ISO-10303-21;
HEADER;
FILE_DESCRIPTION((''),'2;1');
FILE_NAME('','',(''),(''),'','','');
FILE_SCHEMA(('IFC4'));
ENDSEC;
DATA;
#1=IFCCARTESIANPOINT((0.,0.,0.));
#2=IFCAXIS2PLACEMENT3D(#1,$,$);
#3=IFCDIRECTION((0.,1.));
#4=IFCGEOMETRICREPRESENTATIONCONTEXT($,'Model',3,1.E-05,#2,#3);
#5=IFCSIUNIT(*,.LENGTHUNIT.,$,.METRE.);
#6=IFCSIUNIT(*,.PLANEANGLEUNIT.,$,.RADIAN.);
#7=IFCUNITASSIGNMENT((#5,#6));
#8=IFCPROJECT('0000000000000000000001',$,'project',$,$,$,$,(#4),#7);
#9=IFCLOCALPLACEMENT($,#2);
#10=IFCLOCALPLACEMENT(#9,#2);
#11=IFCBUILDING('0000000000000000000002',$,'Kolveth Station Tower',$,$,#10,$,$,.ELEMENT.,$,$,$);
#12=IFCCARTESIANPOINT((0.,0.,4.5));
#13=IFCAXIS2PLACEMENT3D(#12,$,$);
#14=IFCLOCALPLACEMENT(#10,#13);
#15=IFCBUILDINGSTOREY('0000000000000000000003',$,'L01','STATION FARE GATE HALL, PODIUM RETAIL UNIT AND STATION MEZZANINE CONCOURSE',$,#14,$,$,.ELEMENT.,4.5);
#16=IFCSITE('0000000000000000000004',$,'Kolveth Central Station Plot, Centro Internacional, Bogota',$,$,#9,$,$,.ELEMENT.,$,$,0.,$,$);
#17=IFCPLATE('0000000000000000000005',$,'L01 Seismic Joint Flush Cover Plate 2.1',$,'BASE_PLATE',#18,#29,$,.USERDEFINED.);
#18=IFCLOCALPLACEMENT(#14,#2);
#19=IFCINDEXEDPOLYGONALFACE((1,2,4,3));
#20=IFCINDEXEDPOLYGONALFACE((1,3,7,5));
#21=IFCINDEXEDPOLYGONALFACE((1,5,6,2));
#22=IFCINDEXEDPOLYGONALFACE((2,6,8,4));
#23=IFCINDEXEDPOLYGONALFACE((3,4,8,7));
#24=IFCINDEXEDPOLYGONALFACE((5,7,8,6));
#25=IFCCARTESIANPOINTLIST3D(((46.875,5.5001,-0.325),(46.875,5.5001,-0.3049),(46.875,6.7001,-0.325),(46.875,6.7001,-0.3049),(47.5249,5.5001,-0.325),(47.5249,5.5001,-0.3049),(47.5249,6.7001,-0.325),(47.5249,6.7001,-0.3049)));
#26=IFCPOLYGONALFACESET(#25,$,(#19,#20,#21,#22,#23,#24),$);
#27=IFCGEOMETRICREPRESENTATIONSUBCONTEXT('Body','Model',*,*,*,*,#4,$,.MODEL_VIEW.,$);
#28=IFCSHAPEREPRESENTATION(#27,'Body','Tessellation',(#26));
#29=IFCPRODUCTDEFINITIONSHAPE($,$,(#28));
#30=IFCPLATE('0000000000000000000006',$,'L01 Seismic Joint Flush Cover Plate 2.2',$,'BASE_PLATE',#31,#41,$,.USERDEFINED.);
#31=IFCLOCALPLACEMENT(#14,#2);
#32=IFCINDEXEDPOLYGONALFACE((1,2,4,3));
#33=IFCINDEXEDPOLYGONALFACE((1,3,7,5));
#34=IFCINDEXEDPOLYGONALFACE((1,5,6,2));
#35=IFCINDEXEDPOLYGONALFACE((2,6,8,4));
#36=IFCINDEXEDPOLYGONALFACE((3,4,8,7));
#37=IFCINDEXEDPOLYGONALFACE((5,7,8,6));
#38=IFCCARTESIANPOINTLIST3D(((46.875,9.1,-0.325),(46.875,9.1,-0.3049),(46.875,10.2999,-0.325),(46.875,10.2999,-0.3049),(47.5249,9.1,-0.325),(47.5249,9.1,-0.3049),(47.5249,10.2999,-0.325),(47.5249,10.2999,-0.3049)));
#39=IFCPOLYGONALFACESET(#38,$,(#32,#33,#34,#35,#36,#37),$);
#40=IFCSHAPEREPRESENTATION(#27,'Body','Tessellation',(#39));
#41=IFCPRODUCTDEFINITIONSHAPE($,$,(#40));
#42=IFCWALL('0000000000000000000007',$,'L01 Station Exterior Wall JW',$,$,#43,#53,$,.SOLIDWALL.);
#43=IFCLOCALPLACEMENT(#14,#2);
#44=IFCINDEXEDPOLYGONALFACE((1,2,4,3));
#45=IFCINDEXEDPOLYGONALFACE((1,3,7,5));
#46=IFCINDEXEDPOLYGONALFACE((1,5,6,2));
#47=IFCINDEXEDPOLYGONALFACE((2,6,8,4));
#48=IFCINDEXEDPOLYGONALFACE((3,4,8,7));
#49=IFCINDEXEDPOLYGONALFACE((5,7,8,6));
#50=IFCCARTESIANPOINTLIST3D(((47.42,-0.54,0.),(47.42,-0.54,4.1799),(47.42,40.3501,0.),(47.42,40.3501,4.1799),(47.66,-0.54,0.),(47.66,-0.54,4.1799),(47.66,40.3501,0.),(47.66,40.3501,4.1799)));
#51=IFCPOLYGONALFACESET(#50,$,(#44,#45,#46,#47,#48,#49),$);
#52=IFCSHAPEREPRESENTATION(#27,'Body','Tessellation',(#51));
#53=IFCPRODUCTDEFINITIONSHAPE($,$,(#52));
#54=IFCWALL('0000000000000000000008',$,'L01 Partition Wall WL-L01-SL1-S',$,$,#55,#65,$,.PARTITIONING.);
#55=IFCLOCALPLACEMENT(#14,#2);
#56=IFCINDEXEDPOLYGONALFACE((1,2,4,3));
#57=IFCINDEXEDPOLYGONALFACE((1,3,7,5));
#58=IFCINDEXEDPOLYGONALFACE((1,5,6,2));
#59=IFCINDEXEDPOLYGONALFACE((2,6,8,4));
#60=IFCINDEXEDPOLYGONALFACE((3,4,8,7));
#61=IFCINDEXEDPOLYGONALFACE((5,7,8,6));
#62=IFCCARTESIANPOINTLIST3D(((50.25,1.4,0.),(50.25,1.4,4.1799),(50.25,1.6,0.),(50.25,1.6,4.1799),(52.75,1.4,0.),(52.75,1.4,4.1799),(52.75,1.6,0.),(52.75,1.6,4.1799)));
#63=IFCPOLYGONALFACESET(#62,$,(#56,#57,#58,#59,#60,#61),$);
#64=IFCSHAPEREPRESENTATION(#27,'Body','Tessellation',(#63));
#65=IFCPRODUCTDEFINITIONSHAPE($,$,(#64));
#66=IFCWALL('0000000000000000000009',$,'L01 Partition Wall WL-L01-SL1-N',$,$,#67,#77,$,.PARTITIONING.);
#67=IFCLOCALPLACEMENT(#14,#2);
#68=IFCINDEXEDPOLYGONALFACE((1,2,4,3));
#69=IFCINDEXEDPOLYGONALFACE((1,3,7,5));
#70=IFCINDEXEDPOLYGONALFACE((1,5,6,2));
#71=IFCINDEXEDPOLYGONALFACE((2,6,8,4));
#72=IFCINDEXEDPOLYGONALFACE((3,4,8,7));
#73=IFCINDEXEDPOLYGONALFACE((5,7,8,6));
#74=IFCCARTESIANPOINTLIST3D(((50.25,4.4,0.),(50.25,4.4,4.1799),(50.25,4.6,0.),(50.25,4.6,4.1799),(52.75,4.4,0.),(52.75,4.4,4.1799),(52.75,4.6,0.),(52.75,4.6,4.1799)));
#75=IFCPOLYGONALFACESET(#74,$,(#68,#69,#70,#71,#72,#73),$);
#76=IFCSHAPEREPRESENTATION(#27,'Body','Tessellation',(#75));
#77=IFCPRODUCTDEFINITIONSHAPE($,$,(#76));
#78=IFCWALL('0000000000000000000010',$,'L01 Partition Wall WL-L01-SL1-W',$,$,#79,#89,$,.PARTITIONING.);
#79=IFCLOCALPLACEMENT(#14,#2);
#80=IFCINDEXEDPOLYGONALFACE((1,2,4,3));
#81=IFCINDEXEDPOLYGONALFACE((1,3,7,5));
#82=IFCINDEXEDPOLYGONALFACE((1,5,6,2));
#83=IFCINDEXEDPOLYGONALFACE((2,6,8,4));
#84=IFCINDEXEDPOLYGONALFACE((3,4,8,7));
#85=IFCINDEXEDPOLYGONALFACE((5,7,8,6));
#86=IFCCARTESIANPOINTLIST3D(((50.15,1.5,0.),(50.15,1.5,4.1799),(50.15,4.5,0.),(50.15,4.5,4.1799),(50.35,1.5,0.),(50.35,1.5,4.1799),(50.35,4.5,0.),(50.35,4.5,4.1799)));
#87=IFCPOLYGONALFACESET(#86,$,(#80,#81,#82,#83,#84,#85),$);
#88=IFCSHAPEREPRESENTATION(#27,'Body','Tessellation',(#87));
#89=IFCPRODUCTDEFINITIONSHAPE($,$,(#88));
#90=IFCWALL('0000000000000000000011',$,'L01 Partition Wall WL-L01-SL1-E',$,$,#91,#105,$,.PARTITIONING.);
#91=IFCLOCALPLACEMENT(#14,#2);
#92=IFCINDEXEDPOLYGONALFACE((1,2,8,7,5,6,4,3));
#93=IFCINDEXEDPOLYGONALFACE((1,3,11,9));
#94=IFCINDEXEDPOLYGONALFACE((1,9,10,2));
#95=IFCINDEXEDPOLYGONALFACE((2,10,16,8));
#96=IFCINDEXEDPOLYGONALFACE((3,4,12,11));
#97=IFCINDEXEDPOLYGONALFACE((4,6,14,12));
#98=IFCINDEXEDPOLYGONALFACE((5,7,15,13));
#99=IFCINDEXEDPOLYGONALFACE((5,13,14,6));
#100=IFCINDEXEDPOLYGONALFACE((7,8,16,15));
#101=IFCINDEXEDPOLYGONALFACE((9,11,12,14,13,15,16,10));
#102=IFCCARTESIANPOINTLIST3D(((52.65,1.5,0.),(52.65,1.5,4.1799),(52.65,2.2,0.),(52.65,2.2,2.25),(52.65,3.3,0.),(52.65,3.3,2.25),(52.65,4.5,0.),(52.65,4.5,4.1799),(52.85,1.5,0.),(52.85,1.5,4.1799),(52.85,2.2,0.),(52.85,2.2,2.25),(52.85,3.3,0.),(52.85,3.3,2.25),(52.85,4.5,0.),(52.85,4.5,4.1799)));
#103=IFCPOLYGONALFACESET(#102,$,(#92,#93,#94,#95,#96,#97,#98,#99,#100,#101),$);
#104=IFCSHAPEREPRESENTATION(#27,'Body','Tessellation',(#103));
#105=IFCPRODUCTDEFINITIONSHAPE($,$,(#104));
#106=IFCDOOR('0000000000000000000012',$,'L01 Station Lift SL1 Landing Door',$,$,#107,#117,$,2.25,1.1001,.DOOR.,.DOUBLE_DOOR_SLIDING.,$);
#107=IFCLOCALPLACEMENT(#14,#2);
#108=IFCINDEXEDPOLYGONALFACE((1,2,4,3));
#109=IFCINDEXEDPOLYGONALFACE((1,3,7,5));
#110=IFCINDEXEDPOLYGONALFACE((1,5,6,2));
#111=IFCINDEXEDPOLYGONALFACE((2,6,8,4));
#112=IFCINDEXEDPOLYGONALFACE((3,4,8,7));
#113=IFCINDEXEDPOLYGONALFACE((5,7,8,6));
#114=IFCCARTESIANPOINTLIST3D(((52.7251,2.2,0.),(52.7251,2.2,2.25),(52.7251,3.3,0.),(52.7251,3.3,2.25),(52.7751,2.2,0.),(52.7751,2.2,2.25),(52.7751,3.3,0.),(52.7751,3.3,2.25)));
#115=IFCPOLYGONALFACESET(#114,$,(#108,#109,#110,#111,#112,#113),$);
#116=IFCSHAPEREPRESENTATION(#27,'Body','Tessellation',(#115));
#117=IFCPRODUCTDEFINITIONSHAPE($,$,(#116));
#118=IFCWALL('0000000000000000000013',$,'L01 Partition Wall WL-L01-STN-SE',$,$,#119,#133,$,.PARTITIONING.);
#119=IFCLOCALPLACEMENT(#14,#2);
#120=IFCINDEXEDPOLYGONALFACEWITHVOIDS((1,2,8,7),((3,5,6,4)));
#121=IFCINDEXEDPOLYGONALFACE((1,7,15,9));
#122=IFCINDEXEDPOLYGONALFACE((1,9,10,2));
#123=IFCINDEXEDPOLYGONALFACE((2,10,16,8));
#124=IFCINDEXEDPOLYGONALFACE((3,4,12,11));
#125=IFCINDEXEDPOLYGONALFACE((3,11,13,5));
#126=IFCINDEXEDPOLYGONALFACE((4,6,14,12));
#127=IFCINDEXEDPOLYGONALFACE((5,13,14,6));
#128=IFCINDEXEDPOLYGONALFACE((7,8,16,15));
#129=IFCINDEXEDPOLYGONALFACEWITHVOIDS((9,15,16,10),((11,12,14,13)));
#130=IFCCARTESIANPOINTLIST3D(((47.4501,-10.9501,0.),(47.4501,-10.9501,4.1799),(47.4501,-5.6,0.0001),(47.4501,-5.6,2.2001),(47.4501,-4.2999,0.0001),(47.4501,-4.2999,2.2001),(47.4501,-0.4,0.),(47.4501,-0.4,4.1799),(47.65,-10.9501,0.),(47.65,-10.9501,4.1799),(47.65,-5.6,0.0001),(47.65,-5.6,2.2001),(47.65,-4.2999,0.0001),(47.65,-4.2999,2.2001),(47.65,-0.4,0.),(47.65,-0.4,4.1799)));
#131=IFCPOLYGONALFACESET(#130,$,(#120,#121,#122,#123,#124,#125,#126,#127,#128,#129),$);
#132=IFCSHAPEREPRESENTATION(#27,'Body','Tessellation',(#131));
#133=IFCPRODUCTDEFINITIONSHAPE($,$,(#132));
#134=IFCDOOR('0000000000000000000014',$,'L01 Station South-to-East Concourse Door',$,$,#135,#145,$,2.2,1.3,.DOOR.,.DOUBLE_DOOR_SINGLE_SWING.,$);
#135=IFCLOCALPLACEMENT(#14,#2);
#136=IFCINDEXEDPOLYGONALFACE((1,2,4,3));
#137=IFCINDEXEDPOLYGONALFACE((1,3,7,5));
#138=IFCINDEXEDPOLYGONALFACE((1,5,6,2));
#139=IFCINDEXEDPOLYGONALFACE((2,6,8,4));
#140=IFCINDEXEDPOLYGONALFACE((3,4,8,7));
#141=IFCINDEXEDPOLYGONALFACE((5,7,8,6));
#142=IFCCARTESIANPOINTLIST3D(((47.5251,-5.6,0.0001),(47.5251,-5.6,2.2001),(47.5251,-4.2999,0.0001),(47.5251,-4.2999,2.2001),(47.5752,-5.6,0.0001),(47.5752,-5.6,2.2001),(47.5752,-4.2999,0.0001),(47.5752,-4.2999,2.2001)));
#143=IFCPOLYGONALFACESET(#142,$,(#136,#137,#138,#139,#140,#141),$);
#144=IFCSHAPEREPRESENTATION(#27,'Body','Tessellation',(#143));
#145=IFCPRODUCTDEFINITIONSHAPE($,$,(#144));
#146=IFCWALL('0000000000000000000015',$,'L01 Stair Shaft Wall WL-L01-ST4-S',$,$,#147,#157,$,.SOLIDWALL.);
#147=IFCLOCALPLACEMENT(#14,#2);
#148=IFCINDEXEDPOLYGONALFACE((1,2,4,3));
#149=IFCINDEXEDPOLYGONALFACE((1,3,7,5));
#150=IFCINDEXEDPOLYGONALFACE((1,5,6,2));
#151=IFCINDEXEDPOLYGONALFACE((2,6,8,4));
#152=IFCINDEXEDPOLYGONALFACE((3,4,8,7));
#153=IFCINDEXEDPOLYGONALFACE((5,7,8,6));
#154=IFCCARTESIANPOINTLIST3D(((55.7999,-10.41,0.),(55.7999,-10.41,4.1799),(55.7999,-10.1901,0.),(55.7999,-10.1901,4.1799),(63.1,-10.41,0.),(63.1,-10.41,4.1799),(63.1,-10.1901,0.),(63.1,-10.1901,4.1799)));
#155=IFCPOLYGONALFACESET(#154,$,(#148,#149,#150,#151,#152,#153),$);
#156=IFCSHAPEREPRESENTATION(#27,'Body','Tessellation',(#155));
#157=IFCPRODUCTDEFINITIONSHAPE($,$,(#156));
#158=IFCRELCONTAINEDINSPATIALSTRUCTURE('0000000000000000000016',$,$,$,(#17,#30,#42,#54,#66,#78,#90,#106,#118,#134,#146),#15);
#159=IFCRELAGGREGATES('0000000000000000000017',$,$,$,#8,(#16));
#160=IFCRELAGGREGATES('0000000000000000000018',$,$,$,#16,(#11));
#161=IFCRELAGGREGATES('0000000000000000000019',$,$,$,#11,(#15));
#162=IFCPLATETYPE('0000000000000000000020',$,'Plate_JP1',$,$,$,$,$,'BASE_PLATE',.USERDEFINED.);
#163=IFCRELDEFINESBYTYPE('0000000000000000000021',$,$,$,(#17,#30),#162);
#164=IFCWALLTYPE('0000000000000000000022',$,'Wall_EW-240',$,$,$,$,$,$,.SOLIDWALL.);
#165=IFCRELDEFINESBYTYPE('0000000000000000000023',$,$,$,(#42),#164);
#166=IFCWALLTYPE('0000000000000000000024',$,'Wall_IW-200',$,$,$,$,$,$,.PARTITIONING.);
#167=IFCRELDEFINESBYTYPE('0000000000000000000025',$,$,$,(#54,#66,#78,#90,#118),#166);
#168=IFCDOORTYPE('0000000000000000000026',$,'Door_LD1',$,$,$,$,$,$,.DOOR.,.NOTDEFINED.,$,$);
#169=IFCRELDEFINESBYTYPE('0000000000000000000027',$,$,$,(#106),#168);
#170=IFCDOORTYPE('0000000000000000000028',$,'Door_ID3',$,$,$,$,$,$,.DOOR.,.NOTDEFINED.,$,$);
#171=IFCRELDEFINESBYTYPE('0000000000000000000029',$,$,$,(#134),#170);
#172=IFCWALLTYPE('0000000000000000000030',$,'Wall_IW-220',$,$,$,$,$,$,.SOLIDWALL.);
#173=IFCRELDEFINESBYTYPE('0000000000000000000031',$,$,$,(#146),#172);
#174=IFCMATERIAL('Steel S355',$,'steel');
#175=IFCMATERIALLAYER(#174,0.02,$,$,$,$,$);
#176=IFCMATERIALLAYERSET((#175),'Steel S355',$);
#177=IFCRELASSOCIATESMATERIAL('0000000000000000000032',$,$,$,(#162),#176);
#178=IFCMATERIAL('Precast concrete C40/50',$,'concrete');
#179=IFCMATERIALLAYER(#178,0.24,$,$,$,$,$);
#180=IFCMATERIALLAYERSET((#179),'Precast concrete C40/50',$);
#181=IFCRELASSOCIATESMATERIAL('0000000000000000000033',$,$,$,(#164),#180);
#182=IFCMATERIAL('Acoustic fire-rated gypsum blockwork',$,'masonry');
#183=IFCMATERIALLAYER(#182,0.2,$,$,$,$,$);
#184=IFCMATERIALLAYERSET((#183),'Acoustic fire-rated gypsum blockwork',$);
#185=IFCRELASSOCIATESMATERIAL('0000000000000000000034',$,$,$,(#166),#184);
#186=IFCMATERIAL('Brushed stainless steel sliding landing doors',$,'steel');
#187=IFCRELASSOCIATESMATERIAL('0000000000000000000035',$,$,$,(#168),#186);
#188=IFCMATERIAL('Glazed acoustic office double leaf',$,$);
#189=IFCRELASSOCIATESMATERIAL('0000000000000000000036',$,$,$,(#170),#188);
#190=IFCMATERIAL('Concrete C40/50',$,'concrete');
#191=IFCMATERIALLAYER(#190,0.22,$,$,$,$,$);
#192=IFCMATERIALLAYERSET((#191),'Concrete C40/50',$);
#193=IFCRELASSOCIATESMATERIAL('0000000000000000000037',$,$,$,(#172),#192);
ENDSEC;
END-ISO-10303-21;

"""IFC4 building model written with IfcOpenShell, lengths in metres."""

from ifc_helpers import new_model, si_unit, direction, frame, frame_2d, origin, origin_2d, place, context, subcontext, project, spatial, rectangle, extrude, source, transform, mapped, material, layer, layer_set, type_object, element, fill, save


model = new_model("IFC4")

# Units and contexts
model_context = context("Model", 3, precision=1e-05, world=origin(), true_north=direction((0.0, 1.0)))
body_context = subcontext(model_context, "Body", "Model", "MODEL_VIEW")
ifc_project = project(units=[si_unit("LENGTHUNIT", "METRE"), si_unit("PLANEANGLEUNIT", "RADIAN")], contexts=[model_context])

# Site, building, storey
site_placement = place(None, origin())
site = spatial("IfcSite", under=ifc_project, at=site_placement, Name="Kolveth Central Station Plot, Centro Internacional, Bogota", CompositionType="ELEMENT", RefElevation=0.0)
building_placement = place(site_placement, origin())
building = spatial("IfcBuilding", under=site, at=building_placement, Name="Kolveth Station Tower", CompositionType="ELEMENT")
storey_placement = place(building_placement, frame((0.0, 0.0, 4.5)))
storey = spatial("IfcBuildingStorey", under=building, at=storey_placement, Name="L01", Description="STATION FARE GATE HALL, PODIUM RETAIL UNIT AND STATION MEZZANINE CONCOURSE", CompositionType="ELEMENT", Elevation=4.5)

# Shared definitions
ifc_material_1 = material(Name="Steel S355", Category="steel")

# Plates
ifc_layer_1 = layer(ifc_material_1, 0.02)
ifc_layer_set_1 = layer_set([ifc_layer_1], Name="Steel S355")
plate_type = type_object("IfcPlateType", Name="Plate_JP1", ElementType="BASE_PLATE", PredefinedType="USERDEFINED", material=ifc_layer_set_1)
shared_shape_1 = source(origin(), body_context, "Body", "SweptSolid", [
    extrude(rectangle(XDim=1.2, YDim=0.6499, at=origin_2d()), origin(), (0.0, 0.0, 1.0), 0.02),
])
for number, where, z_axis, x_axis, name in (
    (1, (47.2, 6.1001, -0.325), (0.0, 0.0, 1.0), (0.0, 1.0, 0.0), "L01 Seismic Joint Flush Cover Plate 2.1"),
    (2, (47.2, 9.7, -0.325), (0.0, 0.0, 1.0), (0.0, 1.0, 0.0), "L01 Seismic Joint Flush Cover Plate 2.2"),
):
    element("IfcPlate", number, at=place(storey_placement, frame(where, z_axis=z_axis, x_axis=x_axis)), inside=storey, type_object=plate_type, Name=name, ObjectType="BASE_PLATE", PredefinedType="USERDEFINED", context=body_context, shape_type="MappedRepresentation", body=[
        mapped(shared_shape_1, transform((0.0, 0.0, 0.0), x_axis=(1.0, 0.0, 0.0), y_axis=(0.0, 1.0, 0.0), z_axis=(0.0, 0.0, 1.0), scale=1.0)),
    ])

# Walls
ifc_material_2 = material(Name="Precast concrete C40/50", Category="concrete")
ifc_layer_2 = layer(ifc_material_2, 0.24)
ifc_layer_set_2 = layer_set([ifc_layer_2], Name="Precast concrete C40/50")
wall_type_1 = type_object("IfcWallType", Name="Wall_EW-240", PredefinedType="SOLIDWALL", material=ifc_layer_set_2)
wall_1_placement = place(storey_placement, frame((47.54, -0.54, 0.0), z_axis=(0.0, 0.0, 1.0), x_axis=(0.0, 1.0, 0.0)))
element("IfcWall", 3, at=wall_1_placement, inside=storey, type_object=wall_type_1, Name="L01 Station Exterior Wall JW", PredefinedType="SOLIDWALL", context=body_context, shape_type="SweptSolid", body=[
    extrude(rectangle(XDim=40.8901, YDim=0.24, at=frame_2d((20.4451, 0.0))), origin(), (0.0, 0.0, 1.0), 4.1799),
])
ifc_material_3 = material(Name="Acoustic fire-rated gypsum blockwork", Category="masonry")
ifc_layer_3 = layer(ifc_material_3, 0.2)
ifc_layer_set_3 = layer_set([ifc_layer_3], Name="Acoustic fire-rated gypsum blockwork")
wall_type_2 = type_object("IfcWallType", Name="Wall_IW-200", PredefinedType="PARTITIONING", material=ifc_layer_set_3)
for number, where, z_axis, x_axis, name in (
    (4, (50.25, 1.5, 0.0), (0.0, 0.0, 1.0), (1.0, 0.0, 0.0), "L01 Partition Wall WL-L01-SL1-S"),
    (5, (50.25, 4.5, 0.0), (0.0, 0.0, 1.0), (1.0, 0.0, 0.0), "L01 Partition Wall WL-L01-SL1-N"),
):
    element("IfcWall", number, at=place(storey_placement, frame(where, z_axis=z_axis, x_axis=x_axis)), inside=storey, type_object=wall_type_2, Name=name, PredefinedType="PARTITIONING", context=body_context, shape_type="SweptSolid", body=[
        extrude(rectangle(XDim=2.5, YDim=0.2, at=frame_2d((1.25, 0.0))), origin(), (0.0, 0.0, 1.0), 4.1799),
    ])
wall_2_placement = place(storey_placement, frame((50.25, 1.5, 0.0), z_axis=(0.0, 0.0, 1.0), x_axis=(0.0, 1.0, 0.0)))
element("IfcWall", 6, at=wall_2_placement, inside=storey, type_object=wall_type_2, Name="L01 Partition Wall WL-L01-SL1-W", PredefinedType="PARTITIONING", context=body_context, shape_type="SweptSolid", body=[
    extrude(rectangle(XDim=3.0, YDim=0.2, at=frame_2d((1.5, 0.0))), origin(), (0.0, 0.0, 1.0), 4.1799),
])

# Walls, openings, doors
wall_3_placement = place(storey_placement, frame((52.75, 1.5, 0.0), z_axis=(0.0, 0.0, 1.0), x_axis=(0.0, 1.0, 0.0)))
wall_3 = element("IfcWall", 7, at=wall_3_placement, inside=storey, type_object=wall_type_2, Name="L01 Partition Wall WL-L01-SL1-E", PredefinedType="PARTITIONING", context=body_context, shape_type="SweptSolid", body=[
    extrude(rectangle(XDim=3.0, YDim=0.2, at=frame_2d((1.5, 0.0))), origin(), (0.0, 0.0, 1.0), 4.1799),
])
opening_1_placement = place(wall_3_placement, frame((0.7, 0.0, 0.0)))
opening_1 = element("IfcOpeningElement", 8, at=opening_1_placement, cuts=wall_3, PredefinedType="OPENING", context=body_context, shape_type="SweptSolid", body=[
    extrude(rectangle(XDim=1.1001, YDim=2.25, at=frame_2d((0.55, 1.125))), frame((0.0, 0.1099, 0.0), z_axis=(0.0, -1.0, 0.0), x_axis=(1.0, 0.0, 0.0)), (0.0, 0.0, 1.0), 0.22),
])
ifc_material_4 = material(Name="Brushed stainless steel sliding landing doors", Category="steel")
door_type_1 = type_object("IfcDoorType", Name="Door_LD1", OperationType="NOTDEFINED", PredefinedType="DOOR", material=ifc_material_4)
door_1_placement = place(opening_1_placement, origin())
door_1 = element("IfcDoor", 9, at=door_1_placement, inside=storey, type_object=door_type_1, Name="L01 Station Lift SL1 Landing Door", OperationType="DOUBLE_DOOR_SLIDING", OverallHeight=2.25, OverallWidth=1.1001, PredefinedType="DOOR", context=body_context, shape_type="SweptSolid", body=[
    extrude(rectangle(XDim=1.1001, YDim=2.25, at=frame_2d((0.55, 1.125))), frame((0.0, 0.0249, 0.0), z_axis=(0.0, -1.0, 0.0), x_axis=(1.0, 0.0, 0.0)), (0.0, 0.0, 1.0), 0.05),
])
fill(opening_1, door_1)
wall_4_placement = place(storey_placement, frame((47.55, -10.95, 0.0), z_axis=(0.0, 0.0, 1.0), x_axis=(0.0, 1.0, 0.0)))
wall_4 = element("IfcWall", 10, at=wall_4_placement, inside=storey, type_object=wall_type_2, Name="L01 Partition Wall WL-L01-STN-SE", PredefinedType="PARTITIONING", context=body_context, shape_type="SweptSolid", body=[
    extrude(rectangle(XDim=10.55, YDim=0.2, at=frame_2d((5.2749, 0.0))), origin(), (0.0, 0.0, 1.0), 4.1799),
])
opening_2_placement = place(wall_4_placement, frame((5.3501, 0.0, 0.0)))
opening_2 = element("IfcOpeningElement", 11, at=opening_2_placement, cuts=wall_4, PredefinedType="OPENING", context=body_context, shape_type="SweptSolid", body=[
    extrude(rectangle(XDim=1.3, YDim=2.2, at=frame_2d((0.6499, 1.1001))), frame((0.0, 0.1099, 0.0), z_axis=(0.0, -1.0, 0.0), x_axis=(1.0, 0.0, 0.0)), (0.0, 0.0, 1.0), 0.22),
])
ifc_material_5 = material(Name="Glazed acoustic office double leaf")
door_type_2 = type_object("IfcDoorType", Name="Door_ID3", OperationType="NOTDEFINED", PredefinedType="DOOR", material=ifc_material_5)
door_2_placement = place(opening_2_placement, origin())
door_2 = element("IfcDoor", 12, at=door_2_placement, inside=storey, type_object=door_type_2, Name="L01 Station South-to-East Concourse Door", OperationType="DOUBLE_DOOR_SINGLE_SWING", OverallHeight=2.2, OverallWidth=1.3, PredefinedType="DOOR", context=body_context, shape_type="SweptSolid", body=[
    extrude(rectangle(XDim=1.3, YDim=2.2, at=frame_2d((0.6499, 1.1001))), frame((0.0, 0.0249, 0.0), z_axis=(0.0, -1.0, 0.0), x_axis=(1.0, 0.0, 0.0)), (0.0, 0.0, 1.0), 0.05),
])
fill(opening_2, door_2)

# Wall
ifc_material_6 = material(Name="Concrete C40/50", Category="concrete")
ifc_layer_4 = layer(ifc_material_6, 0.22)
ifc_layer_set_4 = layer_set([ifc_layer_4], Name="Concrete C40/50")
wall_type_3 = type_object("IfcWallType", Name="Wall_IW-220", PredefinedType="SOLIDWALL", material=ifc_layer_set_4)
wall_5_placement = place(storey_placement, frame((55.8, -10.3, 0.0), z_axis=(0.0, 0.0, 1.0), x_axis=(1.0, 0.0, 0.0)))
element("IfcWall", 13, at=wall_5_placement, inside=storey, type_object=wall_type_3, Name="L01 Stair Shaft Wall WL-L01-ST4-S", PredefinedType="SOLIDWALL", context=body_context, shape_type="SweptSolid", body=[
    extrude(rectangle(XDim=7.3, YDim=0.22, at=frame_2d((3.6499, 0.0))), origin(), (0.0, 0.0, 1.0), 4.1799),
])

save(model, "model.ifc")
